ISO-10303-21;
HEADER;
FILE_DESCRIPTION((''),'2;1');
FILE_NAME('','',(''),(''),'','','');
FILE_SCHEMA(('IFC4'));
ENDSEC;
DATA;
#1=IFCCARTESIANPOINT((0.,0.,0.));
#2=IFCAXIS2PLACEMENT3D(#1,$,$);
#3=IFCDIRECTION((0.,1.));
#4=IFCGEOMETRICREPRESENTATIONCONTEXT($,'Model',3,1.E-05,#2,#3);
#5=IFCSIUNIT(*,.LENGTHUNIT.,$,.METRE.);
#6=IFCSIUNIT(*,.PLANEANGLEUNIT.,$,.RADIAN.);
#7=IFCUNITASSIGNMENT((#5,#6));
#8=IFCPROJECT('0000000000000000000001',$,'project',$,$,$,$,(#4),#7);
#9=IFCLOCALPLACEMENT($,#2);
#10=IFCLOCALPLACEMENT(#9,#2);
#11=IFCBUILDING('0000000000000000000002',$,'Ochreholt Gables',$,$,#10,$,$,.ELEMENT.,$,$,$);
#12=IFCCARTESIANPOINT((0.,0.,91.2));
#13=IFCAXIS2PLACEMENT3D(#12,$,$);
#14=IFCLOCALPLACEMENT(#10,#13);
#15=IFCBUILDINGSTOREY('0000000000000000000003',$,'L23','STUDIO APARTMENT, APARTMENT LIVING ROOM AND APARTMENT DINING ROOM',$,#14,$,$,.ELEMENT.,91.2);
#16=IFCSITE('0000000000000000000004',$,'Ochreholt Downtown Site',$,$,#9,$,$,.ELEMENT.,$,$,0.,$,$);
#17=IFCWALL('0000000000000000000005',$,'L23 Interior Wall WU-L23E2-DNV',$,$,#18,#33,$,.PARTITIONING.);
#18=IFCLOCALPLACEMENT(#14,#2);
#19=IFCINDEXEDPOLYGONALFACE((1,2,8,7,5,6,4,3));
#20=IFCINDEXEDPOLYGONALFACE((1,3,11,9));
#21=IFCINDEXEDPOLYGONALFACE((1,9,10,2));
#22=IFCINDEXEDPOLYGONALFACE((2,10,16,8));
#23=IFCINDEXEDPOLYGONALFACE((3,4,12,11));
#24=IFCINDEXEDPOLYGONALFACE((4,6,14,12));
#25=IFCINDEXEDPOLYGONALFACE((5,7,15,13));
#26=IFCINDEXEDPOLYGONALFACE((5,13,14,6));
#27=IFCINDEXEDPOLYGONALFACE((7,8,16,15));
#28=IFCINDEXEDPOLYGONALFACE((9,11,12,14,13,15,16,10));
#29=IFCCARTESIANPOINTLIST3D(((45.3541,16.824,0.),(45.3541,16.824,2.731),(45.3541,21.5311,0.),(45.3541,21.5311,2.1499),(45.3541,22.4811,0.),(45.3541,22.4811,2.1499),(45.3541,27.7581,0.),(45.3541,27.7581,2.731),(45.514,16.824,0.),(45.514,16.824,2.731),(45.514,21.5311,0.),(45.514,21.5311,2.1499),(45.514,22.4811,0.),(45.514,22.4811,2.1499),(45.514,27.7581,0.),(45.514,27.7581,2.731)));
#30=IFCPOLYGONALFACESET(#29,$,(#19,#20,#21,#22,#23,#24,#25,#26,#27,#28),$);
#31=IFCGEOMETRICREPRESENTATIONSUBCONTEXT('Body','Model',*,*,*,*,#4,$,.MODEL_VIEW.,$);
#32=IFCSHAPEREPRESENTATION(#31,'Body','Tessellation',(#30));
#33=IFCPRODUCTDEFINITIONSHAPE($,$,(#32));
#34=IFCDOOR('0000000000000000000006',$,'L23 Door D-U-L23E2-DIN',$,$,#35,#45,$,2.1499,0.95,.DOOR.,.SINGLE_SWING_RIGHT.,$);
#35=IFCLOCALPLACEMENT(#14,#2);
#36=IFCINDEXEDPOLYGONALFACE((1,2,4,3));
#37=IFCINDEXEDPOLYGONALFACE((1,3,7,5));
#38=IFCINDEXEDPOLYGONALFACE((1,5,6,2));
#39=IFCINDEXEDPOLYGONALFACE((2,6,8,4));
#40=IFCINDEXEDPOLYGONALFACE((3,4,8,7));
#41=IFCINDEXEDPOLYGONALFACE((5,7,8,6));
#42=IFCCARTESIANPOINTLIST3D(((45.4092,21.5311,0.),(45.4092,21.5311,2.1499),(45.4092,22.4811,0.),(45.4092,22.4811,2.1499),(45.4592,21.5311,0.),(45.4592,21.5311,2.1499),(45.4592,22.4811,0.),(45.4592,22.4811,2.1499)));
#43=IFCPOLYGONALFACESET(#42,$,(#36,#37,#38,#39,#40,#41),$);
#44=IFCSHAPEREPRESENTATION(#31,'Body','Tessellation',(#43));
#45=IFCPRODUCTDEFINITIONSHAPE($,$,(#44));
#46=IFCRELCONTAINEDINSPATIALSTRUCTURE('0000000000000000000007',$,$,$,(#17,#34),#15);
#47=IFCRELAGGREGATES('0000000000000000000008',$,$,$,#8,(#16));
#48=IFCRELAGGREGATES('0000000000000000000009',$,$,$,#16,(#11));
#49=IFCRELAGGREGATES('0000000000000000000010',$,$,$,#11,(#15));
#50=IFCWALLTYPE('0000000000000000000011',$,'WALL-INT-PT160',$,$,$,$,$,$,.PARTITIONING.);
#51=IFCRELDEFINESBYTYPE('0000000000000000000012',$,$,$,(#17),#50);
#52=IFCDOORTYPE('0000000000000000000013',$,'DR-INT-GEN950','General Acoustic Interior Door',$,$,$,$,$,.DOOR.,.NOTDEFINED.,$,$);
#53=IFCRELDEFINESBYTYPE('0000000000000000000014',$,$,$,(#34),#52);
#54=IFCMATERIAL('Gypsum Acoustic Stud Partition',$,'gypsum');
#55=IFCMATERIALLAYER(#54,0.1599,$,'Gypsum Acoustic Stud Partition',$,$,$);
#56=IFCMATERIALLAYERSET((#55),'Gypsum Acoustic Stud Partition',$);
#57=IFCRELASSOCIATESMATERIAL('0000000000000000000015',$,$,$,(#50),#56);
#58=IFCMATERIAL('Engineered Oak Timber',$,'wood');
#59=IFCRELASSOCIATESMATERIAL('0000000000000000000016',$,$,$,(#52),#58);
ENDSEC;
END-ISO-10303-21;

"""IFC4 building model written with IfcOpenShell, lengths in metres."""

from ifc_helpers import new_model, si_unit, direction, frame, frame_2d, origin, place, context, subcontext, project, spatial, rectangle, extrude, material, layer, layer_set, type_object, element, fill, save


model = new_model("IFC4")

# Units and contexts
model_context = context("Model", 3, precision=1e-05, world=origin(), true_north=direction((0.0, 1.0)))
body_context = subcontext(model_context, "Body", "Model", "MODEL_VIEW")
ifc_project = project(units=[si_unit("LENGTHUNIT", "METRE"), si_unit("PLANEANGLEUNIT", "RADIAN")], contexts=[model_context])

# Site, building, storey
site_placement = place(None, origin())
site = spatial("IfcSite", under=ifc_project, at=site_placement, Name="Ochreholt Downtown Site", CompositionType="ELEMENT", RefElevation=0.0)
building_placement = place(site_placement, origin())
building = spatial("IfcBuilding", under=site, at=building_placement, Name="Ochreholt Gables", CompositionType="ELEMENT")
storey_placement = place(building_placement, frame((0.0, 0.0, 91.2)))
storey = spatial("IfcBuildingStorey", under=building, at=storey_placement, Name="L23", Description="STUDIO APARTMENT, APARTMENT LIVING ROOM AND APARTMENT DINING ROOM", CompositionType="ELEMENT", Elevation=91.2)

# Wall, opening, door
ifc_material_1 = material(Name="Gypsum Acoustic Stud Partition", Category="gypsum")
ifc_layer_1 = layer(ifc_material_1, 0.1599, Name="Gypsum Acoustic Stud Partition")
ifc_layer_set_1 = layer_set([ifc_layer_1], Name="Gypsum Acoustic Stud Partition")
wall_type_1 = type_object("IfcWallType", Name="WALL-INT-PT160", PredefinedType="PARTITIONING", material=ifc_layer_set_1)
wall_1_placement = place(storey_placement, frame((45.4341, 16.824, 0.0), z_axis=(0.0, 0.0, 1.0), x_axis=(0.0, 1.0, 0.0)))
wall_1 = element("IfcWall", 1, at=wall_1_placement, inside=storey, type_object=wall_type_1, Name="L23 Interior Wall WU-L23E2-DNV", PredefinedType="PARTITIONING", context=body_context, shape_type="SweptSolid", body=[
    extrude(rectangle(XDim=10.9341, YDim=0.1599, at=frame_2d((5.467, 0.0))), origin(), (0.0, 0.0, 1.0), 2.731),
])
opening_1_placement = place(wall_1_placement, frame((4.707, 0.0, 0.0)))
opening_1 = element("IfcOpeningElement", 2, at=opening_1_placement, cuts=wall_1, PredefinedType="OPENING", context=body_context, shape_type="SweptSolid", body=[
    extrude(rectangle(XDim=0.95, YDim=2.1499, at=frame_2d((0.4751, 1.075))), frame((0.0, 0.0898, 0.0), z_axis=(0.0, -1.0, 0.0), x_axis=(1.0, 0.0, 0.0)), (0.0, 0.0, 1.0), 0.1799),
])
ifc_material_2 = material(Name="Engineered Oak Timber", Category="wood")
door_type = type_object("IfcDoorType", Name="DR-INT-GEN950", Description="General Acoustic Interior Door", OperationType="NOTDEFINED", PredefinedType="DOOR", material=ifc_material_2)
door_placement = place(opening_1_placement, origin())
door = element("IfcDoor", 3, at=door_placement, inside=storey, type_object=door_type, Name="L23 Door D-U-L23E2-DIN", OperationType="SINGLE_SWING_RIGHT", OverallHeight=2.1499, OverallWidth=0.95, PredefinedType="DOOR", context=body_context, shape_type="SweptSolid", body=[
    extrude(rectangle(XDim=0.95, YDim=2.1499, at=frame_2d((0.4751, 1.075))), frame((0.0, 0.0249, 0.0), z_axis=(0.0, -1.0, 0.0), x_axis=(1.0, 0.0, 0.0)), (0.0, 0.0, 1.0), 0.05),
])
fill(opening_1, door)

save(model, "model.ifc")
